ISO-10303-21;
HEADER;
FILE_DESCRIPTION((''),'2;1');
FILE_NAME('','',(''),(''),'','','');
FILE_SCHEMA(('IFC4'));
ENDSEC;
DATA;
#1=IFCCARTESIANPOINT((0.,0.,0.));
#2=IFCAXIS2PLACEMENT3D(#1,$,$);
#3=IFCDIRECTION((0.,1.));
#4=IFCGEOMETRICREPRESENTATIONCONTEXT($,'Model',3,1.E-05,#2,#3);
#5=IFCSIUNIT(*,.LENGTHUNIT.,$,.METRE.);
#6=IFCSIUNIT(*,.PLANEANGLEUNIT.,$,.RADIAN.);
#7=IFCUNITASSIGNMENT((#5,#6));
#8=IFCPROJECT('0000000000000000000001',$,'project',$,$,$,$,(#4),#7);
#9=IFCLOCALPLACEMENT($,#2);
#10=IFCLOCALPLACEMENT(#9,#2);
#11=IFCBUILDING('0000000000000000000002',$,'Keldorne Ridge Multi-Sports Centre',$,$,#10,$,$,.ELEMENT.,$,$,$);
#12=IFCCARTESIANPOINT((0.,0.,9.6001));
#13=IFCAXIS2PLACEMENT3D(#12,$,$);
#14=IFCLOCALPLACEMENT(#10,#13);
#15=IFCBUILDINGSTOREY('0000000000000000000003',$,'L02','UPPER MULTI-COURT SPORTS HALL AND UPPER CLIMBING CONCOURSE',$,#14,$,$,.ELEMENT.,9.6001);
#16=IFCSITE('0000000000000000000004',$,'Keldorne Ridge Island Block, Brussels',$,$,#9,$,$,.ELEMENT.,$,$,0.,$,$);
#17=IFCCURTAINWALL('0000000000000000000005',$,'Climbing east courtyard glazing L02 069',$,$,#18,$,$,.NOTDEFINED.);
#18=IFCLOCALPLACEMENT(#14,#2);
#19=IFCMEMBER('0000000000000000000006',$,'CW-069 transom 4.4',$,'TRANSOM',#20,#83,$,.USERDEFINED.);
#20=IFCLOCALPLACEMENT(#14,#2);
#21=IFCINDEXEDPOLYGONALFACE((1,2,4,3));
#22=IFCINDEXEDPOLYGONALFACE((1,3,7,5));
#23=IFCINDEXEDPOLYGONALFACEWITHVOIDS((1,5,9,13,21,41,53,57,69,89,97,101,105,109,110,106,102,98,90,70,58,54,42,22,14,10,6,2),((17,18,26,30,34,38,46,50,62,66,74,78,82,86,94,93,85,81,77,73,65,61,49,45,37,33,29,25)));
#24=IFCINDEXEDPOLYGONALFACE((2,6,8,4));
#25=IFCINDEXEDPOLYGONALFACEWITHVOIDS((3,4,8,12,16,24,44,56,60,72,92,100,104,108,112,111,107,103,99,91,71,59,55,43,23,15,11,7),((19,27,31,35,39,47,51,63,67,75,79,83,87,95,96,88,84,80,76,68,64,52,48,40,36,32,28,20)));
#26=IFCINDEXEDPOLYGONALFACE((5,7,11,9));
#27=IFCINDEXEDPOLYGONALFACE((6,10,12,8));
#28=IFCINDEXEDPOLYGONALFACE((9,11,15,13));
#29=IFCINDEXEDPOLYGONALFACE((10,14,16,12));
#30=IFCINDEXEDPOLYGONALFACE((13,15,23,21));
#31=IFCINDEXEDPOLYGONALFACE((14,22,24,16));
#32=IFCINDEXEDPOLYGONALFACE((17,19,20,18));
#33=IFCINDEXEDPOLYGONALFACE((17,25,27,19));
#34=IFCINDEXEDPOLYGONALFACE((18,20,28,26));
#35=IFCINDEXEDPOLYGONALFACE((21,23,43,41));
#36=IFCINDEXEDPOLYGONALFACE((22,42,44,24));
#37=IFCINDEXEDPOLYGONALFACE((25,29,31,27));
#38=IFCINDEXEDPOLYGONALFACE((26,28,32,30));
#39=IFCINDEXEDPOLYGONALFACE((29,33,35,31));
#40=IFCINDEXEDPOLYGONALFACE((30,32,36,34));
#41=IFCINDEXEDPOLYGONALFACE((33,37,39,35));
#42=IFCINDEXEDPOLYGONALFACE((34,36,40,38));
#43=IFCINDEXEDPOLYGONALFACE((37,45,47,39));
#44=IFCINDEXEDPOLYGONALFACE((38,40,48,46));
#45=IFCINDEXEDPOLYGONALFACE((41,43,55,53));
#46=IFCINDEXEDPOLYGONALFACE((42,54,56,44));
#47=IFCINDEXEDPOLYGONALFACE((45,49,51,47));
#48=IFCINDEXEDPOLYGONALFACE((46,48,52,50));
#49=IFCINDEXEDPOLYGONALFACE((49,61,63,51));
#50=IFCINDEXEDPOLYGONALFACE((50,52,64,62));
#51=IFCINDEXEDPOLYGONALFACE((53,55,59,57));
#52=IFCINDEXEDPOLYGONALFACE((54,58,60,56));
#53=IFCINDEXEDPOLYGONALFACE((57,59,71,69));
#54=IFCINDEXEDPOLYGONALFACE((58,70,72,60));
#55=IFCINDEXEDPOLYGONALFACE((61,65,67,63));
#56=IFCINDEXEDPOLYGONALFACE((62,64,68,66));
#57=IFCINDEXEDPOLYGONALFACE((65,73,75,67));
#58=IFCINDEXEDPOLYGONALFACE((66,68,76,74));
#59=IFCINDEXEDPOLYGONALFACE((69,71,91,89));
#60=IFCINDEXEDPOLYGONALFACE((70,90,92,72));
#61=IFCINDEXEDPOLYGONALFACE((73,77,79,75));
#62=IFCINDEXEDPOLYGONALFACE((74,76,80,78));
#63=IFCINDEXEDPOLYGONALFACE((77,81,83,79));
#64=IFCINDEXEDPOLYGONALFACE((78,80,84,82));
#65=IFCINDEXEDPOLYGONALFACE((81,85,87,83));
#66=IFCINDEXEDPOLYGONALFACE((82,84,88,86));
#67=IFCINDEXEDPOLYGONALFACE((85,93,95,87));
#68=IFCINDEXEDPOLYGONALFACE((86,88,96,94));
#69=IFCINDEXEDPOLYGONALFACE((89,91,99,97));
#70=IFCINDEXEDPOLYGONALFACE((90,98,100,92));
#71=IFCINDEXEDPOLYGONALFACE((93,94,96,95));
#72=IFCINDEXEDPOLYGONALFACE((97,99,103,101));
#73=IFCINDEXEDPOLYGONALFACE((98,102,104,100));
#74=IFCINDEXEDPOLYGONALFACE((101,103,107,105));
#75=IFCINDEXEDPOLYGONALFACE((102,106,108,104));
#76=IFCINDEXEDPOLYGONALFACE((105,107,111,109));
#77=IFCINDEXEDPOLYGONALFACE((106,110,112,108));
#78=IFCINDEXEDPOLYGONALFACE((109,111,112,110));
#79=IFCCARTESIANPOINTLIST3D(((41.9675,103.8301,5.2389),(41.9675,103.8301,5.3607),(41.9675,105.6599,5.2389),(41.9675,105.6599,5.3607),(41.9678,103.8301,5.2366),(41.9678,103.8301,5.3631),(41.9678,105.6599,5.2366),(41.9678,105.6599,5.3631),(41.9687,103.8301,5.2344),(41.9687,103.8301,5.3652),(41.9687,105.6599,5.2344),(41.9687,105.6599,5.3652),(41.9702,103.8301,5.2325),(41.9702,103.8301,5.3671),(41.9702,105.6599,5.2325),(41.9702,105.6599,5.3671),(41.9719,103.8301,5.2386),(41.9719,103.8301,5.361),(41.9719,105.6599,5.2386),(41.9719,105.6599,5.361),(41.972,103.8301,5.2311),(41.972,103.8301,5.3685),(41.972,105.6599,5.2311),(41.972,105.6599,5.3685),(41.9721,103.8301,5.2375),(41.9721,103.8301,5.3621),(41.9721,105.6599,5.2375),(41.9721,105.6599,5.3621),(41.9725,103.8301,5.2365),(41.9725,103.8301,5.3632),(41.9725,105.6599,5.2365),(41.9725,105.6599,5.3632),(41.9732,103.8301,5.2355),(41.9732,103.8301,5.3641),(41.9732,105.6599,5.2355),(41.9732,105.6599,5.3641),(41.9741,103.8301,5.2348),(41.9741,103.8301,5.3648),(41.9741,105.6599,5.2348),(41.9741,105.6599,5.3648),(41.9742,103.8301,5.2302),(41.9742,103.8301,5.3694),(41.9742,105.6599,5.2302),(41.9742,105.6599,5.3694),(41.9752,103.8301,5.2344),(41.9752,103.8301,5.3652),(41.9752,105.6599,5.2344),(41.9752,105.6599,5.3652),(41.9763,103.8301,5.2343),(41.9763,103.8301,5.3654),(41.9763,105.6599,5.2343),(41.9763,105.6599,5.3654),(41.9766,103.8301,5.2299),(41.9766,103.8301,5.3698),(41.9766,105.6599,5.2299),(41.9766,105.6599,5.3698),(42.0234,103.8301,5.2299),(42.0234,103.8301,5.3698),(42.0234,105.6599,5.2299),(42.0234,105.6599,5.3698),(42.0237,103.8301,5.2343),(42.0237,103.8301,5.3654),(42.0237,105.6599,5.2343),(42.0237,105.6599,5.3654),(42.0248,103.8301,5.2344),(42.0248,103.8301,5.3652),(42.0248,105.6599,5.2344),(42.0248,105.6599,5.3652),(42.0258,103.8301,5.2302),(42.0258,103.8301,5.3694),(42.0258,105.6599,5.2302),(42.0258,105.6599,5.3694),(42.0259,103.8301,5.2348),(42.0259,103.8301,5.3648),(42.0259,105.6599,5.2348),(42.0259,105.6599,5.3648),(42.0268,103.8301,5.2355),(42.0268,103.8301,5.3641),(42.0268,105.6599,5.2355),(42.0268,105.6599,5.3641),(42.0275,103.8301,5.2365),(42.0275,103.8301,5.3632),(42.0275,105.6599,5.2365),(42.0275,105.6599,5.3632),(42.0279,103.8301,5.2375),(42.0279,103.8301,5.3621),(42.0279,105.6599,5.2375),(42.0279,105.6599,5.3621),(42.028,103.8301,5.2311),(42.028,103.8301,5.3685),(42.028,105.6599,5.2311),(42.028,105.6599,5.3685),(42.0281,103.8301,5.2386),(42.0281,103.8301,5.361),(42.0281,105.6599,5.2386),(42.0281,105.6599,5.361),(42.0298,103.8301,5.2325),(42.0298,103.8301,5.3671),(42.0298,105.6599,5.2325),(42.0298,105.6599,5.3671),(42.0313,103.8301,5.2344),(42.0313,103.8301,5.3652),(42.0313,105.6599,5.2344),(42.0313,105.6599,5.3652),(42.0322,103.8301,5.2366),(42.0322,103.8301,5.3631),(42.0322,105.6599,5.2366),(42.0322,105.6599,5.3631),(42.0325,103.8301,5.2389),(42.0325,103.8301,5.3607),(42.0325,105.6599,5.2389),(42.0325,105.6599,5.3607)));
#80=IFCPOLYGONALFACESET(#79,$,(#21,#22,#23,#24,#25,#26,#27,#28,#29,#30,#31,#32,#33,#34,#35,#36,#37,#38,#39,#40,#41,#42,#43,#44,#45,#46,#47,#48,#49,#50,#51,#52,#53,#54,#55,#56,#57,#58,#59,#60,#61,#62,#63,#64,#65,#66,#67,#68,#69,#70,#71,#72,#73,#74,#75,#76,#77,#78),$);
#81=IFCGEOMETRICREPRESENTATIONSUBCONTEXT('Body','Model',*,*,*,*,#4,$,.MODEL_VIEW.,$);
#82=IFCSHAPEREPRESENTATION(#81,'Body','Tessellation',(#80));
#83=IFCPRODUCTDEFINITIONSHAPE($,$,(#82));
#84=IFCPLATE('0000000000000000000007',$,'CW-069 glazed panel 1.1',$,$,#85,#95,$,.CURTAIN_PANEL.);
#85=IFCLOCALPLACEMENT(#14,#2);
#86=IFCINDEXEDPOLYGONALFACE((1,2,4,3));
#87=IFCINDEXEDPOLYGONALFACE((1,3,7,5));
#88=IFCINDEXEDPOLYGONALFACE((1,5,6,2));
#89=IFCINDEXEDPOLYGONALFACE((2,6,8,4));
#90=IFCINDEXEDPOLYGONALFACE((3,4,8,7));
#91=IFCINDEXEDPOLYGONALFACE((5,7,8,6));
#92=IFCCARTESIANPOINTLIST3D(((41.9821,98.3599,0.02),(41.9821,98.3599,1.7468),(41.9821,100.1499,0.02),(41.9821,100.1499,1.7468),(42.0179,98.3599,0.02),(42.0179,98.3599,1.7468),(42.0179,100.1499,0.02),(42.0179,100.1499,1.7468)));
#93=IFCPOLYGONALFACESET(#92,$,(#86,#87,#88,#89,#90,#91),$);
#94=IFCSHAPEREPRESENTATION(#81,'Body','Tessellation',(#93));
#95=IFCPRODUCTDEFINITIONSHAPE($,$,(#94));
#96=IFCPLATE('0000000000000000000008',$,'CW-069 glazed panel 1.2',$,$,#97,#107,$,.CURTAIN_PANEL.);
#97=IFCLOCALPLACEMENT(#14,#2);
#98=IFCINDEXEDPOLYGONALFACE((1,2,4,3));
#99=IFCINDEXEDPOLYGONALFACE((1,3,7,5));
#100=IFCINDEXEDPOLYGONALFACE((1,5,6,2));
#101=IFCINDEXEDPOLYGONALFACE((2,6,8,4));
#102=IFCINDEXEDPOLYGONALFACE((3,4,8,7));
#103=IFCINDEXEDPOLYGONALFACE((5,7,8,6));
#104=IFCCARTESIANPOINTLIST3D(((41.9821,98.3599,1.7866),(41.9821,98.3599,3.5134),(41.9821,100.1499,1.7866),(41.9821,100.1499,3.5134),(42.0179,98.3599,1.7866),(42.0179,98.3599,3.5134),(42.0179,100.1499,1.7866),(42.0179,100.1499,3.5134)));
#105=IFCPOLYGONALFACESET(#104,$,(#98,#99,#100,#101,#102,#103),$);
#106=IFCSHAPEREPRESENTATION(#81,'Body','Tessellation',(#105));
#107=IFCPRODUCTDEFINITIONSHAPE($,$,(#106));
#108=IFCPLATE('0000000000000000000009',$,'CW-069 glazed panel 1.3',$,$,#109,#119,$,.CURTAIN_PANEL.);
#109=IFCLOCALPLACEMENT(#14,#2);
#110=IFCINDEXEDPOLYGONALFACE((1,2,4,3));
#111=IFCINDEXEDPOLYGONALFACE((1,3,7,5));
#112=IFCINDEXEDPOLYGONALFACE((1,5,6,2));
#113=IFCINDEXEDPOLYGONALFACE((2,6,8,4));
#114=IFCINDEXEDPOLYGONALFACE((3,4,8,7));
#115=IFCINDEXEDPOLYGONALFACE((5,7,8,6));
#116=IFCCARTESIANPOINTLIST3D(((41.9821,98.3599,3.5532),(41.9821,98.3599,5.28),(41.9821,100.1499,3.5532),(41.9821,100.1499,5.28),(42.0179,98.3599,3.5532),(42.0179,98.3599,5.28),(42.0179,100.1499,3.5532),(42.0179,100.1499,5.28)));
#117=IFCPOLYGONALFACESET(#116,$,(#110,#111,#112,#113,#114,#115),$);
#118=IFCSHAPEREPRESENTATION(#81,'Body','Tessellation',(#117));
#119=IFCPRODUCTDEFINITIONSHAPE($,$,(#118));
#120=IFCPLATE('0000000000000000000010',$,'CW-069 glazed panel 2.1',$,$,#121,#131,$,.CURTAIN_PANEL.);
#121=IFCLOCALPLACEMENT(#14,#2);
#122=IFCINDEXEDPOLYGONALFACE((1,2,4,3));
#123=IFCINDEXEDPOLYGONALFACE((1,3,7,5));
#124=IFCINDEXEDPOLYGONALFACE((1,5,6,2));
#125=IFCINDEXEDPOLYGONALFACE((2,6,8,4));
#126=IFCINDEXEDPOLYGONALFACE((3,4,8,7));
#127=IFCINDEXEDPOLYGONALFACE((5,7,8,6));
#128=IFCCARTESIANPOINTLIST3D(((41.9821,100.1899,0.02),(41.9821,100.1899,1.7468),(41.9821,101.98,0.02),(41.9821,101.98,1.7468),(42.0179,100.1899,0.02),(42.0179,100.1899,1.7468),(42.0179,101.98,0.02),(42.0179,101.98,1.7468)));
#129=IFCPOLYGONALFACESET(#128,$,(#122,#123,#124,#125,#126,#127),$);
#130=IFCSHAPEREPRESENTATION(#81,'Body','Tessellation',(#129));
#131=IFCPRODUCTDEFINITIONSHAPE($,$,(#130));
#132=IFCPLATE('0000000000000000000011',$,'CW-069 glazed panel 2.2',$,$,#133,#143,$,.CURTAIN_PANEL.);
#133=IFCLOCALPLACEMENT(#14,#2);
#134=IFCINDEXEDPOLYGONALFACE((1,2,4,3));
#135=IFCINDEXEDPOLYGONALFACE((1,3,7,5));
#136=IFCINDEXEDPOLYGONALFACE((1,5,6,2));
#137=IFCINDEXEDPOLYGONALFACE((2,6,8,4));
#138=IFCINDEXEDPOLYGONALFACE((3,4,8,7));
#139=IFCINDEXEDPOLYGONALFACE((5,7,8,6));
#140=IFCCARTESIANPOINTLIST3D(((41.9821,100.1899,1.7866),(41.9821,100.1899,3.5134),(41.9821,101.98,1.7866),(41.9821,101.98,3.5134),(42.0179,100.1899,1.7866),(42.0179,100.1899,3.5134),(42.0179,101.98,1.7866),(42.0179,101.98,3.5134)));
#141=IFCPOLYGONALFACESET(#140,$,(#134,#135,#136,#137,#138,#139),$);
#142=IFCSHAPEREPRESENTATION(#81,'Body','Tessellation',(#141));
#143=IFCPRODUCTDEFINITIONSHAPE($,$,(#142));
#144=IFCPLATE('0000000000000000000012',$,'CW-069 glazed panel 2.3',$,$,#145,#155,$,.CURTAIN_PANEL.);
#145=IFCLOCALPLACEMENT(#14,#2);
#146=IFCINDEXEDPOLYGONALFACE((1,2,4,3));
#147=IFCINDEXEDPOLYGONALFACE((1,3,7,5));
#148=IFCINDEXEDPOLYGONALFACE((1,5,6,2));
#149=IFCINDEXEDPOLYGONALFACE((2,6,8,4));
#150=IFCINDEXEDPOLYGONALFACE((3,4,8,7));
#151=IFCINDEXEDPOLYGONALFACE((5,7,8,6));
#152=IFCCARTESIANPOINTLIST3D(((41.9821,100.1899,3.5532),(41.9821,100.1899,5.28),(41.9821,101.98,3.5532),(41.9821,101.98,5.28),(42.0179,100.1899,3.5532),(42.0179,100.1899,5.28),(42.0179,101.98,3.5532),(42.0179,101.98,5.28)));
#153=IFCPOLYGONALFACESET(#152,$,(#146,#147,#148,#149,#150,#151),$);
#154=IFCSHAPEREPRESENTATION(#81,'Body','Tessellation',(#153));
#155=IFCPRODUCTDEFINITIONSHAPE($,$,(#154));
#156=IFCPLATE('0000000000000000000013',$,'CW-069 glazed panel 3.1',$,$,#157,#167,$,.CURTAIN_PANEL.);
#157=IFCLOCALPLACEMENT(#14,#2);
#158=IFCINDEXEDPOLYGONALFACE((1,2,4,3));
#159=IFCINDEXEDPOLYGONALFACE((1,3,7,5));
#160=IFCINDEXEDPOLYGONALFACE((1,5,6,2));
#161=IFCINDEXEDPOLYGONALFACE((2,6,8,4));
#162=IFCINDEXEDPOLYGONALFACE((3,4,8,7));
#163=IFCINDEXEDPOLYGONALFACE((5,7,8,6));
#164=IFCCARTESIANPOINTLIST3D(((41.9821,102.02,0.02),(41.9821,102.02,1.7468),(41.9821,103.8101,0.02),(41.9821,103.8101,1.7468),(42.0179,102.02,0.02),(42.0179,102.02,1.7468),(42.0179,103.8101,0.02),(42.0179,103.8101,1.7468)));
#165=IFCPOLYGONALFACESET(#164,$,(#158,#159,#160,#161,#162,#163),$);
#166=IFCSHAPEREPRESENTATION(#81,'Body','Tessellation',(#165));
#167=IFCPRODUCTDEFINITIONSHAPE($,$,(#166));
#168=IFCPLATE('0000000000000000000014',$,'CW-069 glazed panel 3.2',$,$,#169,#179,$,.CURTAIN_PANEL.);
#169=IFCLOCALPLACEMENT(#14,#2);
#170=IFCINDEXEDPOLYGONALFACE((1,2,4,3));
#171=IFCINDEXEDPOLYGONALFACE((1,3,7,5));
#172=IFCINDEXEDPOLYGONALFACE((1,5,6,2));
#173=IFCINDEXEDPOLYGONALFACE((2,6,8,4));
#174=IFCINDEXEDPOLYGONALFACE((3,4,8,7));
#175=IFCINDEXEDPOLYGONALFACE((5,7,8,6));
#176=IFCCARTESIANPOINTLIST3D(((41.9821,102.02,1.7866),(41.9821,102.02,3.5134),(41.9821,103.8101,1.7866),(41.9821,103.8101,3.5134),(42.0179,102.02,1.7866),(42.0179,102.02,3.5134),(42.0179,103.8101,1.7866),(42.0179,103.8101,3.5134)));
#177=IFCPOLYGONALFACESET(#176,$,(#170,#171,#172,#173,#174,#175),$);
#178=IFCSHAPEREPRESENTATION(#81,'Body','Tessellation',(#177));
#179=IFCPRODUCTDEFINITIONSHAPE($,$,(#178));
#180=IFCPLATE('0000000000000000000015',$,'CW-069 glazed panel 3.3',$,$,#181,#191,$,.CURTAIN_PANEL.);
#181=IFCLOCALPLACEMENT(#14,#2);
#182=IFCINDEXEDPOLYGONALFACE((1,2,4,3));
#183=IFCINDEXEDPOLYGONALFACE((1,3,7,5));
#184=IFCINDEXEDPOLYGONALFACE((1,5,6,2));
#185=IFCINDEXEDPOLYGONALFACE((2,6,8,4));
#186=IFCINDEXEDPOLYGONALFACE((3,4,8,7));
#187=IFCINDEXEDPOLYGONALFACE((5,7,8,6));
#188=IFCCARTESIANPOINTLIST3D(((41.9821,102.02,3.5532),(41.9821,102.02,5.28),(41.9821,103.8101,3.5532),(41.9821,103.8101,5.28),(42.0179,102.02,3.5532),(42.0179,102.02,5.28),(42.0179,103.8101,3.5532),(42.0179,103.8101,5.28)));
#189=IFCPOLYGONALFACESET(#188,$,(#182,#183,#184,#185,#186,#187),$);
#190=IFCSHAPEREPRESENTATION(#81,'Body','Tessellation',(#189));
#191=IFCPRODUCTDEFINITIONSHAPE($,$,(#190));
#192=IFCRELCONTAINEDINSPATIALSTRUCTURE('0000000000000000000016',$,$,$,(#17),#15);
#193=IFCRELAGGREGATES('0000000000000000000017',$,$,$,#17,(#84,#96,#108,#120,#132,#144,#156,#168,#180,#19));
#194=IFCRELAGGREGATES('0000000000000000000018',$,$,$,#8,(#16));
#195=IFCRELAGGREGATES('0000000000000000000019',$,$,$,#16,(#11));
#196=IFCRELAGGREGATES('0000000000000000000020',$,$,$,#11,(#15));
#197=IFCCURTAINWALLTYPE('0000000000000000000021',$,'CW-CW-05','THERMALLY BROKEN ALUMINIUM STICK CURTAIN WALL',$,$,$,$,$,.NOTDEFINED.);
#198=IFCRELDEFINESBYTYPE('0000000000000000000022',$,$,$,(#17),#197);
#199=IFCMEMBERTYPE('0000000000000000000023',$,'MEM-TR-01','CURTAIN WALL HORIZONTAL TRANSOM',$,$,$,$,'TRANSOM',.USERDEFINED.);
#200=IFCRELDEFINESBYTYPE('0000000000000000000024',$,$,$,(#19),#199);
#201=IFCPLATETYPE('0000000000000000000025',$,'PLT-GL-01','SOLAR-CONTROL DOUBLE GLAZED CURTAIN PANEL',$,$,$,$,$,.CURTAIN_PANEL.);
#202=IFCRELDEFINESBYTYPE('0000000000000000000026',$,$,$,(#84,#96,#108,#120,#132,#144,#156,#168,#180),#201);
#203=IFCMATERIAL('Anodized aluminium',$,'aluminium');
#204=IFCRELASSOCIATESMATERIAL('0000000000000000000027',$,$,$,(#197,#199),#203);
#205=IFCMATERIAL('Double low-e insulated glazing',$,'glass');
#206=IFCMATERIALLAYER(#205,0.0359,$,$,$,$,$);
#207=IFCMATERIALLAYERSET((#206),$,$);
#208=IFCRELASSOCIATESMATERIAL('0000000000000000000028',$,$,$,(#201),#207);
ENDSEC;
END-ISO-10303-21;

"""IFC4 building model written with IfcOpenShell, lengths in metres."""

from ifc_helpers import new_model, si_unit, direction, frame, origin, origin_2d, place, context, subcontext, project, spatial, rectangle, hollow_rectangle, extrude, material, layer, layer_set, material_profile, profile_set, type_object, element, aggregate, save


model = new_model("IFC4")

# Units and contexts
model_context = context("Model", 3, precision=1e-05, world=origin(), true_north=direction((0.0, 1.0)))
body_context = subcontext(model_context, "Body", "Model", "MODEL_VIEW")
ifc_project = project(units=[si_unit("LENGTHUNIT", "METRE"), si_unit("PLANEANGLEUNIT", "RADIAN")], contexts=[model_context])

# Site, building, storey
site_placement = place(None, origin())
site = spatial("IfcSite", under=ifc_project, at=site_placement, Name="Keldorne Ridge Island Block, Brussels", CompositionType="ELEMENT", RefElevation=0.0)
building_placement = place(site_placement, origin())
building = spatial("IfcBuilding", under=site, at=building_placement, Name="Keldorne Ridge Multi-Sports Centre", CompositionType="ELEMENT")
storey_placement = place(building_placement, frame((0.0, 0.0, 9.6001)))
storey = spatial("IfcBuildingStorey", under=building, at=storey_placement, Name="L02", Description="UPPER MULTI-COURT SPORTS HALL AND UPPER CLIMBING CONCOURSE", CompositionType="ELEMENT", Elevation=9.6001)

# Curtain wall, member, plates
ifc_material_1 = material(Name="Anodized aluminium", Category="aluminium")
curtain_wall_type = type_object("IfcCurtainWallType", Name="CW-CW-05", Description="THERMALLY BROKEN ALUMINIUM STICK CURTAIN WALL", PredefinedType="NOTDEFINED", material=ifc_material_1)
curtain_wall_placement = place(storey_placement, origin())
curtain_wall = element("IfcCurtainWall", 1, at=curtain_wall_placement, inside=storey, type_object=curtain_wall_type, Name="Climbing east courtyard glazing L02 069", PredefinedType="NOTDEFINED")
ifc_material_profile_1 = material_profile(ifc_material_1, hollow_rectangle(XDim=0.0649, YDim=0.1399, WallThickness=0.0044, InnerFilletRadius=0.0044, OuterFilletRadius=0.009, at=origin_2d()), Name="ALU TRANSOM 140x65x4.5")
ifc_profile_set_1 = profile_set([ifc_material_profile_1], Name="Anodized aluminium")
member_type_1 = type_object("IfcMemberType", Name="MEM-TR-01", Description="CURTAIN WALL HORIZONTAL TRANSOM", ElementType="TRANSOM", PredefinedType="USERDEFINED", material=ifc_profile_set_1)
member_1_placement = place(storey_placement, frame((42.0, 103.8301, 5.2998), z_axis=(0.0, 1.0, 0.0), x_axis=(-1.0, 0.0, 0.0)))
member_1 = element("IfcMember", 2, at=member_1_placement, type_object=member_type_1, Name="CW-069 transom 4.4", ObjectType="TRANSOM", PredefinedType="USERDEFINED", context=body_context, shape_type="SweptSolid", body=[
    extrude(hollow_rectangle(XDim=0.0649, YDim=0.1399, WallThickness=0.0044, InnerFilletRadius=0.0044, OuterFilletRadius=0.009, at=origin_2d()), origin(), (0.0, 0.0, 1.0), 1.8298),
])
ifc_material_2 = material(Name="Double low-e insulated glazing", Category="glass")
ifc_layer = layer(ifc_material_2, 0.0359)
ifc_layer_set = layer_set([ifc_layer])
plate_type = type_object("IfcPlateType", Name="PLT-GL-01", Description="SOLAR-CONTROL DOUBLE GLAZED CURTAIN PANEL", PredefinedType="CURTAIN_PANEL", material=ifc_layer_set)
plate_1_placement = place(storey_placement, frame((42.0, 99.2549, 0.02), z_axis=(0.0, 0.0, 1.0), x_axis=(0.0, 1.0, 0.0)))
plate_1 = element("IfcPlate", 3, at=plate_1_placement, type_object=plate_type, Name="CW-069 glazed panel 1.1", PredefinedType="CURTAIN_PANEL", context=body_context, shape_type="SweptSolid", body=[
    extrude(rectangle(XDim=1.79, YDim=0.0359, at=origin_2d()), origin(), (0.0, 0.0, 1.0), 1.7268),
])
plate_2_placement = place(storey_placement, frame((42.0, 99.2549, 1.7866), z_axis=(0.0, 0.0, 1.0), x_axis=(0.0, 1.0, 0.0)))
plate_2 = element("IfcPlate", 4, at=plate_2_placement, type_object=plate_type, Name="CW-069 glazed panel 1.2", PredefinedType="CURTAIN_PANEL", context=body_context, shape_type="SweptSolid", body=[
    extrude(rectangle(XDim=1.79, YDim=0.0359, at=origin_2d()), origin(), (0.0, 0.0, 1.0), 1.7268),
])
plate_3_placement = place(storey_placement, frame((42.0, 99.2549, 3.5532), z_axis=(0.0, 0.0, 1.0), x_axis=(0.0, 1.0, 0.0)))
plate_3 = element("IfcPlate", 5, at=plate_3_placement, type_object=plate_type, Name="CW-069 glazed panel 1.3", PredefinedType="CURTAIN_PANEL", context=body_context, shape_type="SweptSolid", body=[
    extrude(rectangle(XDim=1.79, YDim=0.0359, at=origin_2d()), origin(), (0.0, 0.0, 1.0), 1.7268),
])
plate_4_placement = place(storey_placement, frame((42.0, 101.085, 0.02), z_axis=(0.0, 0.0, 1.0), x_axis=(0.0, 1.0, 0.0)))
plate_4 = element("IfcPlate", 6, at=plate_4_placement, type_object=plate_type, Name="CW-069 glazed panel 2.1", PredefinedType="CURTAIN_PANEL", context=body_context, shape_type="SweptSolid", body=[
    extrude(rectangle(XDim=1.79, YDim=0.0359, at=origin_2d()), origin(), (0.0, 0.0, 1.0), 1.7268),
])
plate_5_placement = place(storey_placement, frame((42.0, 101.085, 1.7866), z_axis=(0.0, 0.0, 1.0), x_axis=(0.0, 1.0, 0.0)))
plate_5 = element("IfcPlate", 7, at=plate_5_placement, type_object=plate_type, Name="CW-069 glazed panel 2.2", PredefinedType="CURTAIN_PANEL", context=body_context, shape_type="SweptSolid", body=[
    extrude(rectangle(XDim=1.79, YDim=0.0359, at=origin_2d()), origin(), (0.0, 0.0, 1.0), 1.7268),
])
plate_6_placement = place(storey_placement, frame((42.0, 101.085, 3.5532), z_axis=(0.0, 0.0, 1.0), x_axis=(0.0, 1.0, 0.0)))
plate_6 = element("IfcPlate", 8, at=plate_6_placement, type_object=plate_type, Name="CW-069 glazed panel 2.3", PredefinedType="CURTAIN_PANEL", context=body_context, shape_type="SweptSolid", body=[
    extrude(rectangle(XDim=1.79, YDim=0.0359, at=origin_2d()), origin(), (0.0, 0.0, 1.0), 1.7268),
])
plate_7_placement = place(storey_placement, frame((42.0, 102.915, 0.02), z_axis=(0.0, 0.0, 1.0), x_axis=(0.0, 1.0, 0.0)))
plate_7 = element("IfcPlate", 9, at=plate_7_placement, type_object=plate_type, Name="CW-069 glazed panel 3.1", PredefinedType="CURTAIN_PANEL", context=body_context, shape_type="SweptSolid", body=[
    extrude(rectangle(XDim=1.79, YDim=0.0359, at=origin_2d()), origin(), (0.0, 0.0, 1.0), 1.7268),
])
plate_8_placement = place(storey_placement, frame((42.0, 102.915, 1.7866), z_axis=(0.0, 0.0, 1.0), x_axis=(0.0, 1.0, 0.0)))
plate_8 = element("IfcPlate", 10, at=plate_8_placement, type_object=plate_type, Name="CW-069 glazed panel 3.2", PredefinedType="CURTAIN_PANEL", context=body_context, shape_type="SweptSolid", body=[
    extrude(rectangle(XDim=1.79, YDim=0.0359, at=origin_2d()), origin(), (0.0, 0.0, 1.0), 1.7268),
])
plate_9_placement = place(storey_placement, frame((42.0, 102.915, 3.5532), z_axis=(0.0, 0.0, 1.0), x_axis=(0.0, 1.0, 0.0)))
plate_9 = element("IfcPlate", 11, at=plate_9_placement, type_object=plate_type, Name="CW-069 glazed panel 3.3", PredefinedType="CURTAIN_PANEL", context=body_context, shape_type="SweptSolid", body=[
    extrude(rectangle(XDim=1.79, YDim=0.0359, at=origin_2d()), origin(), (0.0, 0.0, 1.0), 1.7268),
])
aggregate(curtain_wall, [plate_1, plate_2, plate_3, plate_4, plate_5, plate_6, plate_7, plate_8, plate_9, member_1])

save(model, "model.ifc")
